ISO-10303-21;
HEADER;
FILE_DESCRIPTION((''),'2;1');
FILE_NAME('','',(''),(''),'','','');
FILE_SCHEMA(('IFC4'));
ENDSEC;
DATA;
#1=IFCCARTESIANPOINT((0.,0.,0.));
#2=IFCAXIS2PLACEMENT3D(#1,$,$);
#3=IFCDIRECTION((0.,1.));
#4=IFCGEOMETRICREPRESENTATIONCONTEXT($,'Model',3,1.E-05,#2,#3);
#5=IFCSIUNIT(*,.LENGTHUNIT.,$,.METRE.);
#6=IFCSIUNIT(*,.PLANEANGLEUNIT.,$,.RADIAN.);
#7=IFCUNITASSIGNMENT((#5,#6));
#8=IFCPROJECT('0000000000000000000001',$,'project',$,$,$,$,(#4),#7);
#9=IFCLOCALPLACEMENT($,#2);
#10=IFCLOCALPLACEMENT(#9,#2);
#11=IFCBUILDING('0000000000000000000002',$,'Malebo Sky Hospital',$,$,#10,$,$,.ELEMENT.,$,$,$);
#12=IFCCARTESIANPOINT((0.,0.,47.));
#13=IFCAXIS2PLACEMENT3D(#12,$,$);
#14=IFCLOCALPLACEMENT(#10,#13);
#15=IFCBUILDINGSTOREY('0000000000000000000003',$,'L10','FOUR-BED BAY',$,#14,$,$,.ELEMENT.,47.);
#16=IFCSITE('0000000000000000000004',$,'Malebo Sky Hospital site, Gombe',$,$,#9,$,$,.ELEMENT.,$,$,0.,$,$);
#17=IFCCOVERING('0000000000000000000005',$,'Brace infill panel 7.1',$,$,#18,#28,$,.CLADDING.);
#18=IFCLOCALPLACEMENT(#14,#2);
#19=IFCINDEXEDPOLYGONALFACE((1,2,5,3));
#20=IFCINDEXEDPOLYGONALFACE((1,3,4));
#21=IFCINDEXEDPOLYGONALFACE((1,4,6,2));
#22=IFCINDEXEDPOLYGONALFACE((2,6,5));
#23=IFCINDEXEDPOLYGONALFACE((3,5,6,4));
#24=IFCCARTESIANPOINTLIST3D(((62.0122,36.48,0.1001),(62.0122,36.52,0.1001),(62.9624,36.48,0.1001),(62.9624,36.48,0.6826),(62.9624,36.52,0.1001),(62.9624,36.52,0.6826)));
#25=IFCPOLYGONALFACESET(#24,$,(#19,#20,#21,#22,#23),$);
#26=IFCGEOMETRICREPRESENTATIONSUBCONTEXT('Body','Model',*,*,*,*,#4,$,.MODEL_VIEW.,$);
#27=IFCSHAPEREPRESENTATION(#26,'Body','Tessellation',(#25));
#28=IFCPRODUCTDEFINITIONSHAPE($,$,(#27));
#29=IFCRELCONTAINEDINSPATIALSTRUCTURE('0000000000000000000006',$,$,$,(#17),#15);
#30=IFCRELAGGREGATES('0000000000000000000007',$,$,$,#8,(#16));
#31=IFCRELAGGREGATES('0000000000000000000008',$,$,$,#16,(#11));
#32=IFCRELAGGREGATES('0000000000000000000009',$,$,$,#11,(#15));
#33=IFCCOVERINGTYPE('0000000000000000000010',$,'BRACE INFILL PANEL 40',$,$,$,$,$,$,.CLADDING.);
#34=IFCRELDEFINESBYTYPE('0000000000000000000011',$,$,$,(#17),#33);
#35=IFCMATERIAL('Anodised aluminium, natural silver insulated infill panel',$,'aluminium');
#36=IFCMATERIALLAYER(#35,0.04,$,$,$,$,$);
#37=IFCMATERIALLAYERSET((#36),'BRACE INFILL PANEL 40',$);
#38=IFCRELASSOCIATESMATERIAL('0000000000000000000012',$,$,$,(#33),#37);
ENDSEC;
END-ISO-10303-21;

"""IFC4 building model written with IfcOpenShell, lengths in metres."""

from ifc_helpers import new_model, si_unit, direction, frame, origin, place, context, subcontext, project, spatial, polyline, outline, extrude, material, layer, layer_set, type_object, element, save


model = new_model("IFC4")

# Units and contexts
model_context = context("Model", 3, precision=1e-05, world=origin(), true_north=direction((0.0, 1.0)))
body_context = subcontext(model_context, "Body", "Model", "MODEL_VIEW")
ifc_project = project(units=[si_unit("LENGTHUNIT", "METRE"), si_unit("PLANEANGLEUNIT", "RADIAN")], contexts=[model_context])

# Site, building, storey
site_placement = place(None, origin())
site = spatial("IfcSite", under=ifc_project, at=site_placement, Name="Malebo Sky Hospital site, Gombe", CompositionType="ELEMENT", RefElevation=0.0)
building_placement = place(site_placement, origin())
building = spatial("IfcBuilding", under=site, at=building_placement, Name="Malebo Sky Hospital", CompositionType="ELEMENT")
storey_placement = place(building_placement, frame((0.0, 0.0, 47.0)))
storey = spatial("IfcBuildingStorey", under=building, at=storey_placement, Name="L10", Description="FOUR-BED BAY", CompositionType="ELEMENT", Elevation=47.0)

# Covering
ifc_material_1 = material(Name="Anodised aluminium, natural silver insulated infill panel", Category="aluminium")
ifc_layer_1 = layer(ifc_material_1, 0.04)
ifc_layer_set_1 = layer_set([ifc_layer_1], Name="BRACE INFILL PANEL 40")
covering_type = type_object("IfcCoveringType", Name="BRACE INFILL PANEL 40", PredefinedType="CLADDING", material=ifc_layer_set_1)
covering_1_placement = place(storey_placement, frame((62.4873, 36.5, 0.1001), z_axis=(0.0, 0.0, 1.0), x_axis=(-1.0, 0.0, 0.0)))
element("IfcCovering", 1, at=covering_1_placement, inside=storey, type_object=covering_type, Name="Brace infill panel 7.1", PredefinedType="CLADDING", context=body_context, shape_type="SweptSolid", body=[
    extrude(outline(polyline([(-0.4751, 0.0), (0.4751, 0.0), (-0.4751, 0.5825), (-0.4751, 0.0)])), frame((0.0, 0.02, 0.0), z_axis=(0.0, -1.0, 0.0), x_axis=(1.0, 0.0, 0.0)), (0.0, 0.0, 1.0), 0.04),
])

save(model, "model.ifc")
